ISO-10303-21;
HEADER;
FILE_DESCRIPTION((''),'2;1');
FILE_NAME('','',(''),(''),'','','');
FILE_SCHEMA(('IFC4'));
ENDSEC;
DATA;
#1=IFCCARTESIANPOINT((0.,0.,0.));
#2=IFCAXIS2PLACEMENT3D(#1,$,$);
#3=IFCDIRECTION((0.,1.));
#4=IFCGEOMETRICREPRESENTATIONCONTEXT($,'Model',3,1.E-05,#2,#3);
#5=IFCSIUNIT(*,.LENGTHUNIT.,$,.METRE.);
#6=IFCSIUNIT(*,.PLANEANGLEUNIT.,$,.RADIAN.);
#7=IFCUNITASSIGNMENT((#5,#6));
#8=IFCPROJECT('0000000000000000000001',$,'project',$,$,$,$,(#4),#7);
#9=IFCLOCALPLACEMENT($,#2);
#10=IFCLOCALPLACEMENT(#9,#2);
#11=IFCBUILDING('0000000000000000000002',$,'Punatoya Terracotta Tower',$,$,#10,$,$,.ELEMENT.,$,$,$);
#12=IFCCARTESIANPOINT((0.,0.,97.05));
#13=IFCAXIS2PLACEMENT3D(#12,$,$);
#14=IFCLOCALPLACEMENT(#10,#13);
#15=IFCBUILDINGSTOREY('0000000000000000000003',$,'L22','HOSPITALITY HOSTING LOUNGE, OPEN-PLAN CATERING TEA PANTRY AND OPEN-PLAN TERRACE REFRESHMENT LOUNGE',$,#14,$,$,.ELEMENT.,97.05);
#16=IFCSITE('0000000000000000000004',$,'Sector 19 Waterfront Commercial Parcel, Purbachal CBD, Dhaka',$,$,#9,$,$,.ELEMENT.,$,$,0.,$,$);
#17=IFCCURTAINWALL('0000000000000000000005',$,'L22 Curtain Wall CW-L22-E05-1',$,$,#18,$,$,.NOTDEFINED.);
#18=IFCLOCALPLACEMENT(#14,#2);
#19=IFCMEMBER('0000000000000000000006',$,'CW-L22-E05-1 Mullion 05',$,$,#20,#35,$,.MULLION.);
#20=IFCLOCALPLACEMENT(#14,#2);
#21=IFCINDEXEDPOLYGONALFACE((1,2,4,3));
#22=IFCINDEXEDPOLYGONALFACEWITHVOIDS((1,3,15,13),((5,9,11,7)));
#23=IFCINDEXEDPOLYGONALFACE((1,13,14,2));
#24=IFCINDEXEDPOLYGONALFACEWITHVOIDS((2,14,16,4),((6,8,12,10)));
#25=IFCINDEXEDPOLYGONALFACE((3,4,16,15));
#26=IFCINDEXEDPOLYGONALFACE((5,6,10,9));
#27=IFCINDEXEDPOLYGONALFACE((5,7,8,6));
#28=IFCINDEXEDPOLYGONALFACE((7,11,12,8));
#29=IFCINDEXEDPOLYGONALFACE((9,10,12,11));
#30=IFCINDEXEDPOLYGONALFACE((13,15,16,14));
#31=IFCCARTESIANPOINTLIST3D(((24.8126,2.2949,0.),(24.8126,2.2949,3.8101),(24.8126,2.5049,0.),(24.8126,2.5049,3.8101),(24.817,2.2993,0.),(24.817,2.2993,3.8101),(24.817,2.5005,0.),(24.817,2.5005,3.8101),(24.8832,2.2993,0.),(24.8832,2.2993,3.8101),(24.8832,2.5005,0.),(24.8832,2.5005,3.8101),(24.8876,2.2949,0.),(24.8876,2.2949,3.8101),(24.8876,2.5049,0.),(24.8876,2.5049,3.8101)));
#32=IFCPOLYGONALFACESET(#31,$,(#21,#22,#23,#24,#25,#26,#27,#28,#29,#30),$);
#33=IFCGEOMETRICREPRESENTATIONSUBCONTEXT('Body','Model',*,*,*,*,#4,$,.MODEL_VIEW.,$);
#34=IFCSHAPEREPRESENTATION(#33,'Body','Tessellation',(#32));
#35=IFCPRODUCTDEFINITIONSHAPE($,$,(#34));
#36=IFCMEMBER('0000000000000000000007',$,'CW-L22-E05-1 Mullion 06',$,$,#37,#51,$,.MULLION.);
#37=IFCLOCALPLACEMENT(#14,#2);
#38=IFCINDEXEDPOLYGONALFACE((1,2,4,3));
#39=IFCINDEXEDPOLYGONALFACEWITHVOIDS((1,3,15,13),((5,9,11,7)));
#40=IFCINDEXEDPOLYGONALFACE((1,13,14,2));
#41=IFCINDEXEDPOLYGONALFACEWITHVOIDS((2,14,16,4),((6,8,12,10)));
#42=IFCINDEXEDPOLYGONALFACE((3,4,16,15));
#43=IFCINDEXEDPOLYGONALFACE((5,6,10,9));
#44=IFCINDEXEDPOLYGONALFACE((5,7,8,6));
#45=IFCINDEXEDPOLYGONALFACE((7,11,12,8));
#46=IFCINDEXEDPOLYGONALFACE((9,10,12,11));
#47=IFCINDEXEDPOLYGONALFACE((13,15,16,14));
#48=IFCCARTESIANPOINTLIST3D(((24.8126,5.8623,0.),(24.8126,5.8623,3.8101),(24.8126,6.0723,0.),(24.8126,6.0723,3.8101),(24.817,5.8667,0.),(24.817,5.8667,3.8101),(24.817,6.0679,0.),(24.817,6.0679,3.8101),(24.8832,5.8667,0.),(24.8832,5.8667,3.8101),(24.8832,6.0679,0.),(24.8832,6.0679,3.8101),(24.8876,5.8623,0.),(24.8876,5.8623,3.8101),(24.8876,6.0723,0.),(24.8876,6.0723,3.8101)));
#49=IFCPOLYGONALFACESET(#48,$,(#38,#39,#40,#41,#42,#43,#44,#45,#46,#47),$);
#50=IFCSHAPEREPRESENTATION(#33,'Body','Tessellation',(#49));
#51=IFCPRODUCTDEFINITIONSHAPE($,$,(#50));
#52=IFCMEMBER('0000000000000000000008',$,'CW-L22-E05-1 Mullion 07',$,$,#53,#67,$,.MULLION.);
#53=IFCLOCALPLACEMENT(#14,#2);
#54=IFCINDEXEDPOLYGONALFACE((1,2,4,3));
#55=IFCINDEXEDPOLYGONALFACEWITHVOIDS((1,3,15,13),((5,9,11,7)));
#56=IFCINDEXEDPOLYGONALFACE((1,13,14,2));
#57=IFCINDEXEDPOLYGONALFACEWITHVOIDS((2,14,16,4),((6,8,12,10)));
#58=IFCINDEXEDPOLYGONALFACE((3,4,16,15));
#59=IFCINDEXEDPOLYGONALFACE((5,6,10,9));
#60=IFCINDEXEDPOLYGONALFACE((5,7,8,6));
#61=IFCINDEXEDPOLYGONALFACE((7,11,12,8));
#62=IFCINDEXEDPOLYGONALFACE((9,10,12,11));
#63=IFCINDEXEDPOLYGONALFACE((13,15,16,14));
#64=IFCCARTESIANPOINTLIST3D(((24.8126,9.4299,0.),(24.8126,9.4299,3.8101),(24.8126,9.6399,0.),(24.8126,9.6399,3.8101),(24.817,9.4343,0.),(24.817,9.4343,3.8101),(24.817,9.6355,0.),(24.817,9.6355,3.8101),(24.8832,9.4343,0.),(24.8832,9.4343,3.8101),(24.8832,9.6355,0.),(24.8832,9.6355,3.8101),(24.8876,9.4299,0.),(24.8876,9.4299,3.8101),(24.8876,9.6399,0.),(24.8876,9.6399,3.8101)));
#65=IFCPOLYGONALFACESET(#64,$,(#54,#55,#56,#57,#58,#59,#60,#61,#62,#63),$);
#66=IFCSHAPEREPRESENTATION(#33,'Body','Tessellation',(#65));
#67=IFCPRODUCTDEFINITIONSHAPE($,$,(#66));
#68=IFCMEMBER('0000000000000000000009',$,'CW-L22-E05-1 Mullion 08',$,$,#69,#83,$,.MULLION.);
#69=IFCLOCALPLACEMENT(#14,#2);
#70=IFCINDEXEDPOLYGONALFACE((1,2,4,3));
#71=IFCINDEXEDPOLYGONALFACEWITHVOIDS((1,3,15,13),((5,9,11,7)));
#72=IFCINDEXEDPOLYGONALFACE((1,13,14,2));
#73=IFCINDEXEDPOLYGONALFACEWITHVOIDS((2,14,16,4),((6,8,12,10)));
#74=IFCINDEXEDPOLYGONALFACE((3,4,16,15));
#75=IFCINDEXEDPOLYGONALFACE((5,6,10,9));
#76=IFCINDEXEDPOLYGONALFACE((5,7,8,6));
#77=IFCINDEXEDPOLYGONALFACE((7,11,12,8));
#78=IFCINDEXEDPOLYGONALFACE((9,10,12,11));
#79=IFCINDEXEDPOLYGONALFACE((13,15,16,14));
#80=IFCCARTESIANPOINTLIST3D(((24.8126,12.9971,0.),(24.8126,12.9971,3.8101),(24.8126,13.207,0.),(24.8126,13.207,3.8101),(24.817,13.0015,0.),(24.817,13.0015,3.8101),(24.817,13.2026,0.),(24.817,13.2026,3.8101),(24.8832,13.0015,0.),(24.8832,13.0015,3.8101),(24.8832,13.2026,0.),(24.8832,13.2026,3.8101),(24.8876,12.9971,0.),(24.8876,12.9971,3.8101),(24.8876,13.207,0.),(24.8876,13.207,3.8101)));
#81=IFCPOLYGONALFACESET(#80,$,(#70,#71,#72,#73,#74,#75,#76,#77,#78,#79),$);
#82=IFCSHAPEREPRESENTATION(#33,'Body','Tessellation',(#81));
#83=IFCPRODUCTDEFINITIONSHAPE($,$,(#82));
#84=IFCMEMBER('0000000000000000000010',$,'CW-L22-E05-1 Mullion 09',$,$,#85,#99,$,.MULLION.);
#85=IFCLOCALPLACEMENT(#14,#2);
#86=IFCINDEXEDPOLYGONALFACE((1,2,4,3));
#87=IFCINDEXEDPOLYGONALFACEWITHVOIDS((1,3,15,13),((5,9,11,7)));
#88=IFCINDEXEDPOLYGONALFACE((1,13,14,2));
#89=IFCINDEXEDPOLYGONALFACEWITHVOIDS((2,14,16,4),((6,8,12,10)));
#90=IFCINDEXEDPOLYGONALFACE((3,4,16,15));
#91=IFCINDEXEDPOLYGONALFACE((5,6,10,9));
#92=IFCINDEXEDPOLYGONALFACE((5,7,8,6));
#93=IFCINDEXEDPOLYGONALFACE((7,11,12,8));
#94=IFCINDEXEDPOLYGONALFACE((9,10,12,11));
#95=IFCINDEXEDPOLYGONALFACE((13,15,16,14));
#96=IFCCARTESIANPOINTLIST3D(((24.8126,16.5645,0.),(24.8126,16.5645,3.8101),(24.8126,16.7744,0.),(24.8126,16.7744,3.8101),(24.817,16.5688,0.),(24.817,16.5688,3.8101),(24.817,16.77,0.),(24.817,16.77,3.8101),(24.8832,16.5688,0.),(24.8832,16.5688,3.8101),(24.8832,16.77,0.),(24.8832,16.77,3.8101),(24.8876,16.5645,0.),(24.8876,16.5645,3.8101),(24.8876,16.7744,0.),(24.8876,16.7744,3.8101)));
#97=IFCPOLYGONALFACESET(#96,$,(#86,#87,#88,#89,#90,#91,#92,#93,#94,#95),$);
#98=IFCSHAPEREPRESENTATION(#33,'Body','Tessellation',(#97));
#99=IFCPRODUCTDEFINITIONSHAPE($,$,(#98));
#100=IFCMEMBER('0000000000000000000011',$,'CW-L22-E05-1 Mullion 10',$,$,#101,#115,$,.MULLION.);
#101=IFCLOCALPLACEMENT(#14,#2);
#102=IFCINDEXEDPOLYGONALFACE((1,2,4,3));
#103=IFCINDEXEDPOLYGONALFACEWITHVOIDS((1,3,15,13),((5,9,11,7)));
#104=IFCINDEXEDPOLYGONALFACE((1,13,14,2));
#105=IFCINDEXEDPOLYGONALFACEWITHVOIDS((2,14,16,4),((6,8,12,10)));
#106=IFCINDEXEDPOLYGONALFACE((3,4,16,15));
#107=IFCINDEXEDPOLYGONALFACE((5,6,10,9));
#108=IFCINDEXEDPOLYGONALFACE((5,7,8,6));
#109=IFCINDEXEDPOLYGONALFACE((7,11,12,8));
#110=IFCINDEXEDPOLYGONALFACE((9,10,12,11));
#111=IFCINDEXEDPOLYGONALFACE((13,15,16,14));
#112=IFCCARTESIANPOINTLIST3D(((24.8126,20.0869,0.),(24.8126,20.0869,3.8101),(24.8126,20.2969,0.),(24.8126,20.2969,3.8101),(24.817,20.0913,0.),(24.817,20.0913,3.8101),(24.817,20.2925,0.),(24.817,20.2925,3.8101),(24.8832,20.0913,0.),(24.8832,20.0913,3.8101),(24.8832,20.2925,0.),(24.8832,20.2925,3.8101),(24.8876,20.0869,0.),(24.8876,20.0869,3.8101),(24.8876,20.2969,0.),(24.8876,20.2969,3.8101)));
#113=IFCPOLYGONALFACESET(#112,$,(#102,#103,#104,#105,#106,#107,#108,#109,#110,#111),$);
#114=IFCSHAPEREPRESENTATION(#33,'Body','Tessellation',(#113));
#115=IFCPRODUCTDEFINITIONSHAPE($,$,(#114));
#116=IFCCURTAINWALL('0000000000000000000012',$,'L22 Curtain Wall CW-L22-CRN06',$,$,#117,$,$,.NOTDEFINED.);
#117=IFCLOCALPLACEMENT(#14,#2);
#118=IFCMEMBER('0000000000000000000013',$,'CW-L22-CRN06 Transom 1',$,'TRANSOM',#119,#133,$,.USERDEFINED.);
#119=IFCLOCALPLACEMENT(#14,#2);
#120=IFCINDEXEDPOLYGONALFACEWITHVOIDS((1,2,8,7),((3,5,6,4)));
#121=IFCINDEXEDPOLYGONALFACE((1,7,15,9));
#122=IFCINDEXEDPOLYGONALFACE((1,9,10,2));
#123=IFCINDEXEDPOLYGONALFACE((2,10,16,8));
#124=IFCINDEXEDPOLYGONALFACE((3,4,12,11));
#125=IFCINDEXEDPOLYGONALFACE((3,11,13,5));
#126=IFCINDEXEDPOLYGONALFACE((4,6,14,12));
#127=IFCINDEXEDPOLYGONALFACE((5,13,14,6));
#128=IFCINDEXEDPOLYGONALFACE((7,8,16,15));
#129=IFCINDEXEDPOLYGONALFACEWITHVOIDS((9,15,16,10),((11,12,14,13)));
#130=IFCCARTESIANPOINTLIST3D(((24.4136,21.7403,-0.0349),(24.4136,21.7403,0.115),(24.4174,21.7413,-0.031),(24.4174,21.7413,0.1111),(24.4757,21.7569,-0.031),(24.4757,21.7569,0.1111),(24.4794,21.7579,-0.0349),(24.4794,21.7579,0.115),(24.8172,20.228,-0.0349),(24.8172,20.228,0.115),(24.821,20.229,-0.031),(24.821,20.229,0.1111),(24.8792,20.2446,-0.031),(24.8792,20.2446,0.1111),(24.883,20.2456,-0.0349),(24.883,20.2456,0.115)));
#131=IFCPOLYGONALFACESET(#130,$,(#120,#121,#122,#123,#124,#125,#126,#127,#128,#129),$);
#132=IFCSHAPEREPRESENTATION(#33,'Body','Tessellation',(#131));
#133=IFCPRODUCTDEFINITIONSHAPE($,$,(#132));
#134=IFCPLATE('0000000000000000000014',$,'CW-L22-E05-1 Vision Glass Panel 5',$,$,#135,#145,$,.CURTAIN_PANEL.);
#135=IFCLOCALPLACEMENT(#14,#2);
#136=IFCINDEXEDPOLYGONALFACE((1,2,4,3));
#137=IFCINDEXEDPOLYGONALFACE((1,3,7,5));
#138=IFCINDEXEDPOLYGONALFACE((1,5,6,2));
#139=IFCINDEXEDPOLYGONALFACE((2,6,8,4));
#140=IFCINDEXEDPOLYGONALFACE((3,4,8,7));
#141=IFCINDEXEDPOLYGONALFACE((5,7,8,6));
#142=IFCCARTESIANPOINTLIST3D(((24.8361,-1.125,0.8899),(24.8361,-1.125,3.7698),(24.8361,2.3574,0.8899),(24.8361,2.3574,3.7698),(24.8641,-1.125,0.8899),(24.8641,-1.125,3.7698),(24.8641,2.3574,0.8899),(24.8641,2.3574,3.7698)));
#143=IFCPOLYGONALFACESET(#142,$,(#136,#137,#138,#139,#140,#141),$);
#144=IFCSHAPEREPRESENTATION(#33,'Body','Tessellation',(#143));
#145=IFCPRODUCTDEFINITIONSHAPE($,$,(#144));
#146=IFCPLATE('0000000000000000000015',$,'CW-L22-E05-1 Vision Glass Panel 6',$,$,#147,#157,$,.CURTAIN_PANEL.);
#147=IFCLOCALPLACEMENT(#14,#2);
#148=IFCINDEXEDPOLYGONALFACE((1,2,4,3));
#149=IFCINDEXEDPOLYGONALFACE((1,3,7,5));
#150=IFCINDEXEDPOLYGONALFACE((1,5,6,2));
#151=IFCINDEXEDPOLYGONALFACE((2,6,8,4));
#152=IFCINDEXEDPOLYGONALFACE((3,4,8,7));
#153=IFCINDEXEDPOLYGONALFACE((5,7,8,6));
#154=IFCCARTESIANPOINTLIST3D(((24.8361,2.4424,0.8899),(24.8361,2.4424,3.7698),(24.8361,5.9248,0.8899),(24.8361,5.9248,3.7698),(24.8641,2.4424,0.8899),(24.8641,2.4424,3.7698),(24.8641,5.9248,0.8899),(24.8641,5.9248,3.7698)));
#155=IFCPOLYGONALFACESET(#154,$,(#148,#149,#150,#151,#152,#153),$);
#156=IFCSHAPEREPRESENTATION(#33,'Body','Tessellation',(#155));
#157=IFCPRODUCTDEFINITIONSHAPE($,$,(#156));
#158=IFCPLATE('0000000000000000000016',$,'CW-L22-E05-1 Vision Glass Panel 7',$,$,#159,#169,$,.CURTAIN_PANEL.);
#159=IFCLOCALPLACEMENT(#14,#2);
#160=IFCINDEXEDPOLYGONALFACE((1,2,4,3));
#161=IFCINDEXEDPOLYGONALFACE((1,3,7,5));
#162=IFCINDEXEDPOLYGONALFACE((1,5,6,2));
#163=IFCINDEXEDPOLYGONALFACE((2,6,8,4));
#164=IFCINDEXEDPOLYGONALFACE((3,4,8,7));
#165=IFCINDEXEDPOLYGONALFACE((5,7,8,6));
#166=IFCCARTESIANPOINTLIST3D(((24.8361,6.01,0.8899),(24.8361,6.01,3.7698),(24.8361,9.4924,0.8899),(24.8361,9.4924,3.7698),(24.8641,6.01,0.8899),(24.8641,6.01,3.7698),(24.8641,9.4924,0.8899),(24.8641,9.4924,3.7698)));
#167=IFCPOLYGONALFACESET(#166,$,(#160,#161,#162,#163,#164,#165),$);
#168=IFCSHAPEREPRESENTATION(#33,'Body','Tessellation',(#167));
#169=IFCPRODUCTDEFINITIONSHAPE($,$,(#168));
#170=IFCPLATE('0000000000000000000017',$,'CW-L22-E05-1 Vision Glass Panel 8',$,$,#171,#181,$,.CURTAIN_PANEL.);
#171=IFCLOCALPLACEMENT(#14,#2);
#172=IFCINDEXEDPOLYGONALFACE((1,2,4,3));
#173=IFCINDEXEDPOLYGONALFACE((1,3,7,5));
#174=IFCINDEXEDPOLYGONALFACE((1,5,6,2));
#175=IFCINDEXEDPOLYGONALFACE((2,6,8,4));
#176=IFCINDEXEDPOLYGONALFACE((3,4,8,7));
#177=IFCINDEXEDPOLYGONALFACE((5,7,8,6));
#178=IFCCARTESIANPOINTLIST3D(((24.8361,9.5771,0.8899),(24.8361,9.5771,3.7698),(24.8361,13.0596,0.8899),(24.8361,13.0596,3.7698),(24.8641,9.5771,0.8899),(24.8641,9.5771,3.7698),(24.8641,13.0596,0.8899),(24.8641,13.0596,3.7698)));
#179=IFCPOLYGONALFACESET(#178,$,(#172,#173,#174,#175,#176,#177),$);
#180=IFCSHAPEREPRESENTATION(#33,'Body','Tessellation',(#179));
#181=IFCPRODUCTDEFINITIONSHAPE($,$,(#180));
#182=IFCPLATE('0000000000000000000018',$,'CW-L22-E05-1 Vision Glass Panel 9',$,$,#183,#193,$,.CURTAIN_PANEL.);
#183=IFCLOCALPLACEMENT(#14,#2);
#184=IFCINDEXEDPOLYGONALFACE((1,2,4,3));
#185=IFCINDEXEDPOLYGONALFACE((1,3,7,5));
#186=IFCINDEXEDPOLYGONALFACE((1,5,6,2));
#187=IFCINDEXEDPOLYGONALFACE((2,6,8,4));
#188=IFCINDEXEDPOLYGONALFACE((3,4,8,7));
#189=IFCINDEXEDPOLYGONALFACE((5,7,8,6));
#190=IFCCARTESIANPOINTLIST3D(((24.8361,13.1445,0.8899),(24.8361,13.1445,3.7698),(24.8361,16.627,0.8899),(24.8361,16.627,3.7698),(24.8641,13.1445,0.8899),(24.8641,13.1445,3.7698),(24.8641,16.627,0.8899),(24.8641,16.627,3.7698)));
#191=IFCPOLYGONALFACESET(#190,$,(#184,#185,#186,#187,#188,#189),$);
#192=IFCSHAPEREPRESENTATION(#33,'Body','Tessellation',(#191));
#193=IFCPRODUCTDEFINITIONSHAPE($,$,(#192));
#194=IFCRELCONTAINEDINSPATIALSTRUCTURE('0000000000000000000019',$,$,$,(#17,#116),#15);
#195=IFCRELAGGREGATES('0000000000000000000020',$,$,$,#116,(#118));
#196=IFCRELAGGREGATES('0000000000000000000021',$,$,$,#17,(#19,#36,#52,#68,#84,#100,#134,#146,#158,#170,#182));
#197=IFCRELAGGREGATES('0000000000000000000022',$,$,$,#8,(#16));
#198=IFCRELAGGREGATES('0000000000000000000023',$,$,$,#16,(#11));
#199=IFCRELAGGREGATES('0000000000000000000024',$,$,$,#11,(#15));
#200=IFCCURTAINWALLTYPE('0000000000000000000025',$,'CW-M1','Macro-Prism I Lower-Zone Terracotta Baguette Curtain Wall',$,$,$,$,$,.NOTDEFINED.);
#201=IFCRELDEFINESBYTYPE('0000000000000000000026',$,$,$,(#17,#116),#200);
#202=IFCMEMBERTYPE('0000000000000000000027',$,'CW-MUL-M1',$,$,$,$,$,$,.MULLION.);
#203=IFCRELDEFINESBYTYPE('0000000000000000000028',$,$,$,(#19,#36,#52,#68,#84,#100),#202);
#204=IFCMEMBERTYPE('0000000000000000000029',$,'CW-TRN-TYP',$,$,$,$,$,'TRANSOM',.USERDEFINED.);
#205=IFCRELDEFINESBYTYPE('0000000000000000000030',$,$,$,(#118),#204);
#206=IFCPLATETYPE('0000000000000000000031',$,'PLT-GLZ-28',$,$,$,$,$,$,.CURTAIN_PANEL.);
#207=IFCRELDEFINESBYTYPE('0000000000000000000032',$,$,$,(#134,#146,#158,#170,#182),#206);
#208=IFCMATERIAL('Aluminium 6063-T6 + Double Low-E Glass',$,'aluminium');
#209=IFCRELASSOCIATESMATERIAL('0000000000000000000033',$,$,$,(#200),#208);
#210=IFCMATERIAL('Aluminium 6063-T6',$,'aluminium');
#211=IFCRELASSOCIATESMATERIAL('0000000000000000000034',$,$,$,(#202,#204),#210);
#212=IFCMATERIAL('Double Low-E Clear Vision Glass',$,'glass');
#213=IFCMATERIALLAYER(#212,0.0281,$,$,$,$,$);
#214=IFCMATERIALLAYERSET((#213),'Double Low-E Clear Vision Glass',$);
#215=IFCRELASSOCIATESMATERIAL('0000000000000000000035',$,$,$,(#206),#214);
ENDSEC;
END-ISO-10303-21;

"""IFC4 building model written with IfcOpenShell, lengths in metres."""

from ifc_helpers import new_model, si_unit, direction, frame, origin, origin_2d, place, context, subcontext, project, spatial, rectangle, hollow_rectangle, extrude, material, layer, layer_set, material_profile, profile_set, type_object, element, aggregate, save


model = new_model("IFC4")

# Units and contexts
model_context = context("Model", 3, precision=1e-05, world=origin(), true_north=direction((0.0, 1.0)))
body_context = subcontext(model_context, "Body", "Model", "MODEL_VIEW")
ifc_project = project(units=[si_unit("LENGTHUNIT", "METRE"), si_unit("PLANEANGLEUNIT", "RADIAN")], contexts=[model_context])

# Site, building, storey
site_placement = place(None, origin())
site = spatial("IfcSite", under=ifc_project, at=site_placement, Name="Sector 19 Waterfront Commercial Parcel, Purbachal CBD, Dhaka", CompositionType="ELEMENT", RefElevation=0.0)
building_placement = place(site_placement, origin())
building = spatial("IfcBuilding", under=site, at=building_placement, Name="Punatoya Terracotta Tower", CompositionType="ELEMENT")
storey_placement = place(building_placement, frame((0.0, 0.0, 97.05)))
storey = spatial("IfcBuildingStorey", under=building, at=storey_placement, Name="L22", Description="HOSPITALITY HOSTING LOUNGE, OPEN-PLAN CATERING TEA PANTRY AND OPEN-PLAN TERRACE REFRESHMENT LOUNGE", CompositionType="ELEMENT", Elevation=97.05)

# Curtain wall, members
ifc_material_1 = material(Name="Aluminium 6063-T6 + Double Low-E Glass", Category="aluminium")
curtain_wall_type = type_object("IfcCurtainWallType", Name="CW-M1", Description="Macro-Prism I Lower-Zone Terracotta Baguette Curtain Wall", PredefinedType="NOTDEFINED", material=ifc_material_1)
curtain_wall_1_placement = place(storey_placement, origin())
curtain_wall_1 = element("IfcCurtainWall", 1, at=curtain_wall_1_placement, inside=storey, type_object=curtain_wall_type, Name="L22 Curtain Wall CW-L22-E05-1", PredefinedType="NOTDEFINED")
ifc_material_2 = material(Name="Aluminium 6063-T6", Category="aluminium")
ifc_material_profile_1 = material_profile(ifc_material_2, hollow_rectangle(XDim=0.075, YDim=0.21, WallThickness=0.0044, at=origin_2d()))
ifc_profile_set_1 = profile_set([ifc_material_profile_1], Name="Aluminium 6063-T6")
member_type_1 = type_object("IfcMemberType", Name="CW-MUL-M1", PredefinedType="MULLION", material=ifc_profile_set_1)
member_1_placement = place(storey_placement, frame((24.8501, 2.3999, 0.0), z_axis=(0.0, 0.0, 1.0), x_axis=(1.0, 0.0, 0.0)))
member_1 = element("IfcMember", 2, at=member_1_placement, type_object=member_type_1, Name="CW-L22-E05-1 Mullion 05", PredefinedType="MULLION", context=body_context, shape_type="SweptSolid", body=[
    extrude(hollow_rectangle(XDim=0.075, YDim=0.21, WallThickness=0.0044, at=origin_2d()), origin(), (0.0, 0.0, 1.0), 3.8101),
])
member_2_placement = place(storey_placement, frame((24.8501, 5.9673, 0.0), z_axis=(0.0, 0.0, 1.0), x_axis=(1.0, 0.0, 0.0)))
member_2 = element("IfcMember", 3, at=member_2_placement, type_object=member_type_1, Name="CW-L22-E05-1 Mullion 06", PredefinedType="MULLION", context=body_context, shape_type="SweptSolid", body=[
    extrude(hollow_rectangle(XDim=0.075, YDim=0.21, WallThickness=0.0044, at=origin_2d()), origin(), (0.0, 0.0, 1.0), 3.8101),
])
member_3_placement = place(storey_placement, frame((24.8501, 9.5349, 0.0), z_axis=(0.0, 0.0, 1.0), x_axis=(1.0, 0.0, 0.0)))
member_3 = element("IfcMember", 4, at=member_3_placement, type_object=member_type_1, Name="CW-L22-E05-1 Mullion 07", PredefinedType="MULLION", context=body_context, shape_type="SweptSolid", body=[
    extrude(hollow_rectangle(XDim=0.075, YDim=0.21, WallThickness=0.0044, at=origin_2d()), origin(), (0.0, 0.0, 1.0), 3.8101),
])
member_4_placement = place(storey_placement, frame((24.8501, 13.1021, 0.0), z_axis=(0.0, 0.0, 1.0), x_axis=(1.0, 0.0, 0.0)))
member_4 = element("IfcMember", 5, at=member_4_placement, type_object=member_type_1, Name="CW-L22-E05-1 Mullion 08", PredefinedType="MULLION", context=body_context, shape_type="SweptSolid", body=[
    extrude(hollow_rectangle(XDim=0.075, YDim=0.21, WallThickness=0.0044, at=origin_2d()), origin(), (0.0, 0.0, 1.0), 3.8101),
])
member_5_placement = place(storey_placement, frame((24.8501, 16.6694, 0.0), z_axis=(0.0, 0.0, 1.0), x_axis=(1.0, 0.0, 0.0)))
member_5 = element("IfcMember", 6, at=member_5_placement, type_object=member_type_1, Name="CW-L22-E05-1 Mullion 09", PredefinedType="MULLION", context=body_context, shape_type="SweptSolid", body=[
    extrude(hollow_rectangle(XDim=0.075, YDim=0.21, WallThickness=0.0044, at=origin_2d()), origin(), (0.0, 0.0, 1.0), 3.8101),
])
member_6_placement = place(storey_placement, frame((24.8501, 20.1919, 0.0), z_axis=(0.0, 0.0, 1.0), x_axis=(1.0, 0.0, 0.0)))
member_6 = element("IfcMember", 7, at=member_6_placement, type_object=member_type_1, Name="CW-L22-E05-1 Mullion 10", PredefinedType="MULLION", context=body_context, shape_type="SweptSolid", body=[
    extrude(hollow_rectangle(XDim=0.075, YDim=0.21, WallThickness=0.0044, at=origin_2d()), origin(), (0.0, 0.0, 1.0), 3.8101),
])

# Curtain wall, member
curtain_wall_2_placement = place(storey_placement, origin())
curtain_wall_2 = element("IfcCurtainWall", 8, at=curtain_wall_2_placement, inside=storey, type_object=curtain_wall_type, Name="L22 Curtain Wall CW-L22-CRN06", PredefinedType="NOTDEFINED")
ifc_material_profile_2 = material_profile(ifc_material_2, hollow_rectangle(XDim=0.0681, YDim=0.1499, WallThickness=0.0039, at=origin_2d()))
ifc_profile_set_2 = profile_set([ifc_material_profile_2], Name="Aluminium 6063-T6")
member_type_2 = type_object("IfcMemberType", Name="CW-TRN-TYP", ElementType="TRANSOM", PredefinedType="USERDEFINED", material=ifc_profile_set_2)
member_7_placement = place(storey_placement, frame((24.8501, 20.2368, 0.04), z_axis=(-0.257847, 0.966186, 0.0), x_axis=(-0.966186, -0.257847, 0.0)))
member_7 = element("IfcMember", 9, at=member_7_placement, type_object=member_type_2, Name="CW-L22-CRN06 Transom 1", ObjectType="TRANSOM", PredefinedType="USERDEFINED", context=body_context, shape_type="SweptSolid", body=[
    extrude(hollow_rectangle(XDim=0.0681, YDim=0.1499, WallThickness=0.0039, at=origin_2d()), origin(), (0.0, 0.0, 1.0), 1.5652),
])
aggregate(curtain_wall_2, [member_7])

# Plates
ifc_material_3 = material(Name="Double Low-E Clear Vision Glass", Category="glass")
ifc_layer_1 = layer(ifc_material_3, 0.0281)
ifc_layer_set_1 = layer_set([ifc_layer_1], Name="Double Low-E Clear Vision Glass")
plate_type_1 = type_object("IfcPlateType", Name="PLT-GLZ-28", PredefinedType="CURTAIN_PANEL", material=ifc_layer_set_1)
plate_1_placement = place(storey_placement, frame((24.8501, 0.6162, 0.8899), z_axis=(0.0, 0.0, 1.0), x_axis=(0.0, 1.0, 0.0)))
plate_1 = element("IfcPlate", 10, at=plate_1_placement, type_object=plate_type_1, Name="CW-L22-E05-1 Vision Glass Panel 5", PredefinedType="CURTAIN_PANEL", context=body_context, shape_type="SweptSolid", body=[
    extrude(rectangle(XDim=3.4824, YDim=0.0281, at=origin_2d()), origin(), (0.0, 0.0, 1.0), 2.8799),
])
plate_2_placement = place(storey_placement, frame((24.8501, 4.1836, 0.8899), z_axis=(0.0, 0.0, 1.0), x_axis=(0.0, 1.0, 0.0)))
plate_2 = element("IfcPlate", 11, at=plate_2_placement, type_object=plate_type_1, Name="CW-L22-E05-1 Vision Glass Panel 6", PredefinedType="CURTAIN_PANEL", context=body_context, shape_type="SweptSolid", body=[
    extrude(rectangle(XDim=3.4824, YDim=0.0281, at=origin_2d()), origin(), (0.0, 0.0, 1.0), 2.8799),
])
plate_3_placement = place(storey_placement, frame((24.8501, 7.7512, 0.8899), z_axis=(0.0, 0.0, 1.0), x_axis=(0.0, 1.0, 0.0)))
plate_3 = element("IfcPlate", 12, at=plate_3_placement, type_object=plate_type_1, Name="CW-L22-E05-1 Vision Glass Panel 7", PredefinedType="CURTAIN_PANEL", context=body_context, shape_type="SweptSolid", body=[
    extrude(rectangle(XDim=3.4824, YDim=0.0281, at=origin_2d()), origin(), (0.0, 0.0, 1.0), 2.8799),
])
plate_4_placement = place(storey_placement, frame((24.8501, 11.3184, 0.8899), z_axis=(0.0, 0.0, 1.0), x_axis=(0.0, 1.0, 0.0)))
plate_4 = element("IfcPlate", 13, at=plate_4_placement, type_object=plate_type_1, Name="CW-L22-E05-1 Vision Glass Panel 8", PredefinedType="CURTAIN_PANEL", context=body_context, shape_type="SweptSolid", body=[
    extrude(rectangle(XDim=3.4824, YDim=0.0281, at=origin_2d()), origin(), (0.0, 0.0, 1.0), 2.8799),
])
plate_5_placement = place(storey_placement, frame((24.8501, 14.8857, 0.8899), z_axis=(0.0, 0.0, 1.0), x_axis=(0.0, 1.0, 0.0)))
plate_5 = element("IfcPlate", 14, at=plate_5_placement, type_object=plate_type_1, Name="CW-L22-E05-1 Vision Glass Panel 9", PredefinedType="CURTAIN_PANEL", context=body_context, shape_type="SweptSolid", body=[
    extrude(rectangle(XDim=3.4824, YDim=0.0281, at=origin_2d()), origin(), (0.0, 0.0, 1.0), 2.8799),
])
aggregate(curtain_wall_1, [member_1, member_2, member_3, member_4, member_5, member_6, plate_1, plate_2, plate_3, plate_4, plate_5])

save(model, "model.ifc")
